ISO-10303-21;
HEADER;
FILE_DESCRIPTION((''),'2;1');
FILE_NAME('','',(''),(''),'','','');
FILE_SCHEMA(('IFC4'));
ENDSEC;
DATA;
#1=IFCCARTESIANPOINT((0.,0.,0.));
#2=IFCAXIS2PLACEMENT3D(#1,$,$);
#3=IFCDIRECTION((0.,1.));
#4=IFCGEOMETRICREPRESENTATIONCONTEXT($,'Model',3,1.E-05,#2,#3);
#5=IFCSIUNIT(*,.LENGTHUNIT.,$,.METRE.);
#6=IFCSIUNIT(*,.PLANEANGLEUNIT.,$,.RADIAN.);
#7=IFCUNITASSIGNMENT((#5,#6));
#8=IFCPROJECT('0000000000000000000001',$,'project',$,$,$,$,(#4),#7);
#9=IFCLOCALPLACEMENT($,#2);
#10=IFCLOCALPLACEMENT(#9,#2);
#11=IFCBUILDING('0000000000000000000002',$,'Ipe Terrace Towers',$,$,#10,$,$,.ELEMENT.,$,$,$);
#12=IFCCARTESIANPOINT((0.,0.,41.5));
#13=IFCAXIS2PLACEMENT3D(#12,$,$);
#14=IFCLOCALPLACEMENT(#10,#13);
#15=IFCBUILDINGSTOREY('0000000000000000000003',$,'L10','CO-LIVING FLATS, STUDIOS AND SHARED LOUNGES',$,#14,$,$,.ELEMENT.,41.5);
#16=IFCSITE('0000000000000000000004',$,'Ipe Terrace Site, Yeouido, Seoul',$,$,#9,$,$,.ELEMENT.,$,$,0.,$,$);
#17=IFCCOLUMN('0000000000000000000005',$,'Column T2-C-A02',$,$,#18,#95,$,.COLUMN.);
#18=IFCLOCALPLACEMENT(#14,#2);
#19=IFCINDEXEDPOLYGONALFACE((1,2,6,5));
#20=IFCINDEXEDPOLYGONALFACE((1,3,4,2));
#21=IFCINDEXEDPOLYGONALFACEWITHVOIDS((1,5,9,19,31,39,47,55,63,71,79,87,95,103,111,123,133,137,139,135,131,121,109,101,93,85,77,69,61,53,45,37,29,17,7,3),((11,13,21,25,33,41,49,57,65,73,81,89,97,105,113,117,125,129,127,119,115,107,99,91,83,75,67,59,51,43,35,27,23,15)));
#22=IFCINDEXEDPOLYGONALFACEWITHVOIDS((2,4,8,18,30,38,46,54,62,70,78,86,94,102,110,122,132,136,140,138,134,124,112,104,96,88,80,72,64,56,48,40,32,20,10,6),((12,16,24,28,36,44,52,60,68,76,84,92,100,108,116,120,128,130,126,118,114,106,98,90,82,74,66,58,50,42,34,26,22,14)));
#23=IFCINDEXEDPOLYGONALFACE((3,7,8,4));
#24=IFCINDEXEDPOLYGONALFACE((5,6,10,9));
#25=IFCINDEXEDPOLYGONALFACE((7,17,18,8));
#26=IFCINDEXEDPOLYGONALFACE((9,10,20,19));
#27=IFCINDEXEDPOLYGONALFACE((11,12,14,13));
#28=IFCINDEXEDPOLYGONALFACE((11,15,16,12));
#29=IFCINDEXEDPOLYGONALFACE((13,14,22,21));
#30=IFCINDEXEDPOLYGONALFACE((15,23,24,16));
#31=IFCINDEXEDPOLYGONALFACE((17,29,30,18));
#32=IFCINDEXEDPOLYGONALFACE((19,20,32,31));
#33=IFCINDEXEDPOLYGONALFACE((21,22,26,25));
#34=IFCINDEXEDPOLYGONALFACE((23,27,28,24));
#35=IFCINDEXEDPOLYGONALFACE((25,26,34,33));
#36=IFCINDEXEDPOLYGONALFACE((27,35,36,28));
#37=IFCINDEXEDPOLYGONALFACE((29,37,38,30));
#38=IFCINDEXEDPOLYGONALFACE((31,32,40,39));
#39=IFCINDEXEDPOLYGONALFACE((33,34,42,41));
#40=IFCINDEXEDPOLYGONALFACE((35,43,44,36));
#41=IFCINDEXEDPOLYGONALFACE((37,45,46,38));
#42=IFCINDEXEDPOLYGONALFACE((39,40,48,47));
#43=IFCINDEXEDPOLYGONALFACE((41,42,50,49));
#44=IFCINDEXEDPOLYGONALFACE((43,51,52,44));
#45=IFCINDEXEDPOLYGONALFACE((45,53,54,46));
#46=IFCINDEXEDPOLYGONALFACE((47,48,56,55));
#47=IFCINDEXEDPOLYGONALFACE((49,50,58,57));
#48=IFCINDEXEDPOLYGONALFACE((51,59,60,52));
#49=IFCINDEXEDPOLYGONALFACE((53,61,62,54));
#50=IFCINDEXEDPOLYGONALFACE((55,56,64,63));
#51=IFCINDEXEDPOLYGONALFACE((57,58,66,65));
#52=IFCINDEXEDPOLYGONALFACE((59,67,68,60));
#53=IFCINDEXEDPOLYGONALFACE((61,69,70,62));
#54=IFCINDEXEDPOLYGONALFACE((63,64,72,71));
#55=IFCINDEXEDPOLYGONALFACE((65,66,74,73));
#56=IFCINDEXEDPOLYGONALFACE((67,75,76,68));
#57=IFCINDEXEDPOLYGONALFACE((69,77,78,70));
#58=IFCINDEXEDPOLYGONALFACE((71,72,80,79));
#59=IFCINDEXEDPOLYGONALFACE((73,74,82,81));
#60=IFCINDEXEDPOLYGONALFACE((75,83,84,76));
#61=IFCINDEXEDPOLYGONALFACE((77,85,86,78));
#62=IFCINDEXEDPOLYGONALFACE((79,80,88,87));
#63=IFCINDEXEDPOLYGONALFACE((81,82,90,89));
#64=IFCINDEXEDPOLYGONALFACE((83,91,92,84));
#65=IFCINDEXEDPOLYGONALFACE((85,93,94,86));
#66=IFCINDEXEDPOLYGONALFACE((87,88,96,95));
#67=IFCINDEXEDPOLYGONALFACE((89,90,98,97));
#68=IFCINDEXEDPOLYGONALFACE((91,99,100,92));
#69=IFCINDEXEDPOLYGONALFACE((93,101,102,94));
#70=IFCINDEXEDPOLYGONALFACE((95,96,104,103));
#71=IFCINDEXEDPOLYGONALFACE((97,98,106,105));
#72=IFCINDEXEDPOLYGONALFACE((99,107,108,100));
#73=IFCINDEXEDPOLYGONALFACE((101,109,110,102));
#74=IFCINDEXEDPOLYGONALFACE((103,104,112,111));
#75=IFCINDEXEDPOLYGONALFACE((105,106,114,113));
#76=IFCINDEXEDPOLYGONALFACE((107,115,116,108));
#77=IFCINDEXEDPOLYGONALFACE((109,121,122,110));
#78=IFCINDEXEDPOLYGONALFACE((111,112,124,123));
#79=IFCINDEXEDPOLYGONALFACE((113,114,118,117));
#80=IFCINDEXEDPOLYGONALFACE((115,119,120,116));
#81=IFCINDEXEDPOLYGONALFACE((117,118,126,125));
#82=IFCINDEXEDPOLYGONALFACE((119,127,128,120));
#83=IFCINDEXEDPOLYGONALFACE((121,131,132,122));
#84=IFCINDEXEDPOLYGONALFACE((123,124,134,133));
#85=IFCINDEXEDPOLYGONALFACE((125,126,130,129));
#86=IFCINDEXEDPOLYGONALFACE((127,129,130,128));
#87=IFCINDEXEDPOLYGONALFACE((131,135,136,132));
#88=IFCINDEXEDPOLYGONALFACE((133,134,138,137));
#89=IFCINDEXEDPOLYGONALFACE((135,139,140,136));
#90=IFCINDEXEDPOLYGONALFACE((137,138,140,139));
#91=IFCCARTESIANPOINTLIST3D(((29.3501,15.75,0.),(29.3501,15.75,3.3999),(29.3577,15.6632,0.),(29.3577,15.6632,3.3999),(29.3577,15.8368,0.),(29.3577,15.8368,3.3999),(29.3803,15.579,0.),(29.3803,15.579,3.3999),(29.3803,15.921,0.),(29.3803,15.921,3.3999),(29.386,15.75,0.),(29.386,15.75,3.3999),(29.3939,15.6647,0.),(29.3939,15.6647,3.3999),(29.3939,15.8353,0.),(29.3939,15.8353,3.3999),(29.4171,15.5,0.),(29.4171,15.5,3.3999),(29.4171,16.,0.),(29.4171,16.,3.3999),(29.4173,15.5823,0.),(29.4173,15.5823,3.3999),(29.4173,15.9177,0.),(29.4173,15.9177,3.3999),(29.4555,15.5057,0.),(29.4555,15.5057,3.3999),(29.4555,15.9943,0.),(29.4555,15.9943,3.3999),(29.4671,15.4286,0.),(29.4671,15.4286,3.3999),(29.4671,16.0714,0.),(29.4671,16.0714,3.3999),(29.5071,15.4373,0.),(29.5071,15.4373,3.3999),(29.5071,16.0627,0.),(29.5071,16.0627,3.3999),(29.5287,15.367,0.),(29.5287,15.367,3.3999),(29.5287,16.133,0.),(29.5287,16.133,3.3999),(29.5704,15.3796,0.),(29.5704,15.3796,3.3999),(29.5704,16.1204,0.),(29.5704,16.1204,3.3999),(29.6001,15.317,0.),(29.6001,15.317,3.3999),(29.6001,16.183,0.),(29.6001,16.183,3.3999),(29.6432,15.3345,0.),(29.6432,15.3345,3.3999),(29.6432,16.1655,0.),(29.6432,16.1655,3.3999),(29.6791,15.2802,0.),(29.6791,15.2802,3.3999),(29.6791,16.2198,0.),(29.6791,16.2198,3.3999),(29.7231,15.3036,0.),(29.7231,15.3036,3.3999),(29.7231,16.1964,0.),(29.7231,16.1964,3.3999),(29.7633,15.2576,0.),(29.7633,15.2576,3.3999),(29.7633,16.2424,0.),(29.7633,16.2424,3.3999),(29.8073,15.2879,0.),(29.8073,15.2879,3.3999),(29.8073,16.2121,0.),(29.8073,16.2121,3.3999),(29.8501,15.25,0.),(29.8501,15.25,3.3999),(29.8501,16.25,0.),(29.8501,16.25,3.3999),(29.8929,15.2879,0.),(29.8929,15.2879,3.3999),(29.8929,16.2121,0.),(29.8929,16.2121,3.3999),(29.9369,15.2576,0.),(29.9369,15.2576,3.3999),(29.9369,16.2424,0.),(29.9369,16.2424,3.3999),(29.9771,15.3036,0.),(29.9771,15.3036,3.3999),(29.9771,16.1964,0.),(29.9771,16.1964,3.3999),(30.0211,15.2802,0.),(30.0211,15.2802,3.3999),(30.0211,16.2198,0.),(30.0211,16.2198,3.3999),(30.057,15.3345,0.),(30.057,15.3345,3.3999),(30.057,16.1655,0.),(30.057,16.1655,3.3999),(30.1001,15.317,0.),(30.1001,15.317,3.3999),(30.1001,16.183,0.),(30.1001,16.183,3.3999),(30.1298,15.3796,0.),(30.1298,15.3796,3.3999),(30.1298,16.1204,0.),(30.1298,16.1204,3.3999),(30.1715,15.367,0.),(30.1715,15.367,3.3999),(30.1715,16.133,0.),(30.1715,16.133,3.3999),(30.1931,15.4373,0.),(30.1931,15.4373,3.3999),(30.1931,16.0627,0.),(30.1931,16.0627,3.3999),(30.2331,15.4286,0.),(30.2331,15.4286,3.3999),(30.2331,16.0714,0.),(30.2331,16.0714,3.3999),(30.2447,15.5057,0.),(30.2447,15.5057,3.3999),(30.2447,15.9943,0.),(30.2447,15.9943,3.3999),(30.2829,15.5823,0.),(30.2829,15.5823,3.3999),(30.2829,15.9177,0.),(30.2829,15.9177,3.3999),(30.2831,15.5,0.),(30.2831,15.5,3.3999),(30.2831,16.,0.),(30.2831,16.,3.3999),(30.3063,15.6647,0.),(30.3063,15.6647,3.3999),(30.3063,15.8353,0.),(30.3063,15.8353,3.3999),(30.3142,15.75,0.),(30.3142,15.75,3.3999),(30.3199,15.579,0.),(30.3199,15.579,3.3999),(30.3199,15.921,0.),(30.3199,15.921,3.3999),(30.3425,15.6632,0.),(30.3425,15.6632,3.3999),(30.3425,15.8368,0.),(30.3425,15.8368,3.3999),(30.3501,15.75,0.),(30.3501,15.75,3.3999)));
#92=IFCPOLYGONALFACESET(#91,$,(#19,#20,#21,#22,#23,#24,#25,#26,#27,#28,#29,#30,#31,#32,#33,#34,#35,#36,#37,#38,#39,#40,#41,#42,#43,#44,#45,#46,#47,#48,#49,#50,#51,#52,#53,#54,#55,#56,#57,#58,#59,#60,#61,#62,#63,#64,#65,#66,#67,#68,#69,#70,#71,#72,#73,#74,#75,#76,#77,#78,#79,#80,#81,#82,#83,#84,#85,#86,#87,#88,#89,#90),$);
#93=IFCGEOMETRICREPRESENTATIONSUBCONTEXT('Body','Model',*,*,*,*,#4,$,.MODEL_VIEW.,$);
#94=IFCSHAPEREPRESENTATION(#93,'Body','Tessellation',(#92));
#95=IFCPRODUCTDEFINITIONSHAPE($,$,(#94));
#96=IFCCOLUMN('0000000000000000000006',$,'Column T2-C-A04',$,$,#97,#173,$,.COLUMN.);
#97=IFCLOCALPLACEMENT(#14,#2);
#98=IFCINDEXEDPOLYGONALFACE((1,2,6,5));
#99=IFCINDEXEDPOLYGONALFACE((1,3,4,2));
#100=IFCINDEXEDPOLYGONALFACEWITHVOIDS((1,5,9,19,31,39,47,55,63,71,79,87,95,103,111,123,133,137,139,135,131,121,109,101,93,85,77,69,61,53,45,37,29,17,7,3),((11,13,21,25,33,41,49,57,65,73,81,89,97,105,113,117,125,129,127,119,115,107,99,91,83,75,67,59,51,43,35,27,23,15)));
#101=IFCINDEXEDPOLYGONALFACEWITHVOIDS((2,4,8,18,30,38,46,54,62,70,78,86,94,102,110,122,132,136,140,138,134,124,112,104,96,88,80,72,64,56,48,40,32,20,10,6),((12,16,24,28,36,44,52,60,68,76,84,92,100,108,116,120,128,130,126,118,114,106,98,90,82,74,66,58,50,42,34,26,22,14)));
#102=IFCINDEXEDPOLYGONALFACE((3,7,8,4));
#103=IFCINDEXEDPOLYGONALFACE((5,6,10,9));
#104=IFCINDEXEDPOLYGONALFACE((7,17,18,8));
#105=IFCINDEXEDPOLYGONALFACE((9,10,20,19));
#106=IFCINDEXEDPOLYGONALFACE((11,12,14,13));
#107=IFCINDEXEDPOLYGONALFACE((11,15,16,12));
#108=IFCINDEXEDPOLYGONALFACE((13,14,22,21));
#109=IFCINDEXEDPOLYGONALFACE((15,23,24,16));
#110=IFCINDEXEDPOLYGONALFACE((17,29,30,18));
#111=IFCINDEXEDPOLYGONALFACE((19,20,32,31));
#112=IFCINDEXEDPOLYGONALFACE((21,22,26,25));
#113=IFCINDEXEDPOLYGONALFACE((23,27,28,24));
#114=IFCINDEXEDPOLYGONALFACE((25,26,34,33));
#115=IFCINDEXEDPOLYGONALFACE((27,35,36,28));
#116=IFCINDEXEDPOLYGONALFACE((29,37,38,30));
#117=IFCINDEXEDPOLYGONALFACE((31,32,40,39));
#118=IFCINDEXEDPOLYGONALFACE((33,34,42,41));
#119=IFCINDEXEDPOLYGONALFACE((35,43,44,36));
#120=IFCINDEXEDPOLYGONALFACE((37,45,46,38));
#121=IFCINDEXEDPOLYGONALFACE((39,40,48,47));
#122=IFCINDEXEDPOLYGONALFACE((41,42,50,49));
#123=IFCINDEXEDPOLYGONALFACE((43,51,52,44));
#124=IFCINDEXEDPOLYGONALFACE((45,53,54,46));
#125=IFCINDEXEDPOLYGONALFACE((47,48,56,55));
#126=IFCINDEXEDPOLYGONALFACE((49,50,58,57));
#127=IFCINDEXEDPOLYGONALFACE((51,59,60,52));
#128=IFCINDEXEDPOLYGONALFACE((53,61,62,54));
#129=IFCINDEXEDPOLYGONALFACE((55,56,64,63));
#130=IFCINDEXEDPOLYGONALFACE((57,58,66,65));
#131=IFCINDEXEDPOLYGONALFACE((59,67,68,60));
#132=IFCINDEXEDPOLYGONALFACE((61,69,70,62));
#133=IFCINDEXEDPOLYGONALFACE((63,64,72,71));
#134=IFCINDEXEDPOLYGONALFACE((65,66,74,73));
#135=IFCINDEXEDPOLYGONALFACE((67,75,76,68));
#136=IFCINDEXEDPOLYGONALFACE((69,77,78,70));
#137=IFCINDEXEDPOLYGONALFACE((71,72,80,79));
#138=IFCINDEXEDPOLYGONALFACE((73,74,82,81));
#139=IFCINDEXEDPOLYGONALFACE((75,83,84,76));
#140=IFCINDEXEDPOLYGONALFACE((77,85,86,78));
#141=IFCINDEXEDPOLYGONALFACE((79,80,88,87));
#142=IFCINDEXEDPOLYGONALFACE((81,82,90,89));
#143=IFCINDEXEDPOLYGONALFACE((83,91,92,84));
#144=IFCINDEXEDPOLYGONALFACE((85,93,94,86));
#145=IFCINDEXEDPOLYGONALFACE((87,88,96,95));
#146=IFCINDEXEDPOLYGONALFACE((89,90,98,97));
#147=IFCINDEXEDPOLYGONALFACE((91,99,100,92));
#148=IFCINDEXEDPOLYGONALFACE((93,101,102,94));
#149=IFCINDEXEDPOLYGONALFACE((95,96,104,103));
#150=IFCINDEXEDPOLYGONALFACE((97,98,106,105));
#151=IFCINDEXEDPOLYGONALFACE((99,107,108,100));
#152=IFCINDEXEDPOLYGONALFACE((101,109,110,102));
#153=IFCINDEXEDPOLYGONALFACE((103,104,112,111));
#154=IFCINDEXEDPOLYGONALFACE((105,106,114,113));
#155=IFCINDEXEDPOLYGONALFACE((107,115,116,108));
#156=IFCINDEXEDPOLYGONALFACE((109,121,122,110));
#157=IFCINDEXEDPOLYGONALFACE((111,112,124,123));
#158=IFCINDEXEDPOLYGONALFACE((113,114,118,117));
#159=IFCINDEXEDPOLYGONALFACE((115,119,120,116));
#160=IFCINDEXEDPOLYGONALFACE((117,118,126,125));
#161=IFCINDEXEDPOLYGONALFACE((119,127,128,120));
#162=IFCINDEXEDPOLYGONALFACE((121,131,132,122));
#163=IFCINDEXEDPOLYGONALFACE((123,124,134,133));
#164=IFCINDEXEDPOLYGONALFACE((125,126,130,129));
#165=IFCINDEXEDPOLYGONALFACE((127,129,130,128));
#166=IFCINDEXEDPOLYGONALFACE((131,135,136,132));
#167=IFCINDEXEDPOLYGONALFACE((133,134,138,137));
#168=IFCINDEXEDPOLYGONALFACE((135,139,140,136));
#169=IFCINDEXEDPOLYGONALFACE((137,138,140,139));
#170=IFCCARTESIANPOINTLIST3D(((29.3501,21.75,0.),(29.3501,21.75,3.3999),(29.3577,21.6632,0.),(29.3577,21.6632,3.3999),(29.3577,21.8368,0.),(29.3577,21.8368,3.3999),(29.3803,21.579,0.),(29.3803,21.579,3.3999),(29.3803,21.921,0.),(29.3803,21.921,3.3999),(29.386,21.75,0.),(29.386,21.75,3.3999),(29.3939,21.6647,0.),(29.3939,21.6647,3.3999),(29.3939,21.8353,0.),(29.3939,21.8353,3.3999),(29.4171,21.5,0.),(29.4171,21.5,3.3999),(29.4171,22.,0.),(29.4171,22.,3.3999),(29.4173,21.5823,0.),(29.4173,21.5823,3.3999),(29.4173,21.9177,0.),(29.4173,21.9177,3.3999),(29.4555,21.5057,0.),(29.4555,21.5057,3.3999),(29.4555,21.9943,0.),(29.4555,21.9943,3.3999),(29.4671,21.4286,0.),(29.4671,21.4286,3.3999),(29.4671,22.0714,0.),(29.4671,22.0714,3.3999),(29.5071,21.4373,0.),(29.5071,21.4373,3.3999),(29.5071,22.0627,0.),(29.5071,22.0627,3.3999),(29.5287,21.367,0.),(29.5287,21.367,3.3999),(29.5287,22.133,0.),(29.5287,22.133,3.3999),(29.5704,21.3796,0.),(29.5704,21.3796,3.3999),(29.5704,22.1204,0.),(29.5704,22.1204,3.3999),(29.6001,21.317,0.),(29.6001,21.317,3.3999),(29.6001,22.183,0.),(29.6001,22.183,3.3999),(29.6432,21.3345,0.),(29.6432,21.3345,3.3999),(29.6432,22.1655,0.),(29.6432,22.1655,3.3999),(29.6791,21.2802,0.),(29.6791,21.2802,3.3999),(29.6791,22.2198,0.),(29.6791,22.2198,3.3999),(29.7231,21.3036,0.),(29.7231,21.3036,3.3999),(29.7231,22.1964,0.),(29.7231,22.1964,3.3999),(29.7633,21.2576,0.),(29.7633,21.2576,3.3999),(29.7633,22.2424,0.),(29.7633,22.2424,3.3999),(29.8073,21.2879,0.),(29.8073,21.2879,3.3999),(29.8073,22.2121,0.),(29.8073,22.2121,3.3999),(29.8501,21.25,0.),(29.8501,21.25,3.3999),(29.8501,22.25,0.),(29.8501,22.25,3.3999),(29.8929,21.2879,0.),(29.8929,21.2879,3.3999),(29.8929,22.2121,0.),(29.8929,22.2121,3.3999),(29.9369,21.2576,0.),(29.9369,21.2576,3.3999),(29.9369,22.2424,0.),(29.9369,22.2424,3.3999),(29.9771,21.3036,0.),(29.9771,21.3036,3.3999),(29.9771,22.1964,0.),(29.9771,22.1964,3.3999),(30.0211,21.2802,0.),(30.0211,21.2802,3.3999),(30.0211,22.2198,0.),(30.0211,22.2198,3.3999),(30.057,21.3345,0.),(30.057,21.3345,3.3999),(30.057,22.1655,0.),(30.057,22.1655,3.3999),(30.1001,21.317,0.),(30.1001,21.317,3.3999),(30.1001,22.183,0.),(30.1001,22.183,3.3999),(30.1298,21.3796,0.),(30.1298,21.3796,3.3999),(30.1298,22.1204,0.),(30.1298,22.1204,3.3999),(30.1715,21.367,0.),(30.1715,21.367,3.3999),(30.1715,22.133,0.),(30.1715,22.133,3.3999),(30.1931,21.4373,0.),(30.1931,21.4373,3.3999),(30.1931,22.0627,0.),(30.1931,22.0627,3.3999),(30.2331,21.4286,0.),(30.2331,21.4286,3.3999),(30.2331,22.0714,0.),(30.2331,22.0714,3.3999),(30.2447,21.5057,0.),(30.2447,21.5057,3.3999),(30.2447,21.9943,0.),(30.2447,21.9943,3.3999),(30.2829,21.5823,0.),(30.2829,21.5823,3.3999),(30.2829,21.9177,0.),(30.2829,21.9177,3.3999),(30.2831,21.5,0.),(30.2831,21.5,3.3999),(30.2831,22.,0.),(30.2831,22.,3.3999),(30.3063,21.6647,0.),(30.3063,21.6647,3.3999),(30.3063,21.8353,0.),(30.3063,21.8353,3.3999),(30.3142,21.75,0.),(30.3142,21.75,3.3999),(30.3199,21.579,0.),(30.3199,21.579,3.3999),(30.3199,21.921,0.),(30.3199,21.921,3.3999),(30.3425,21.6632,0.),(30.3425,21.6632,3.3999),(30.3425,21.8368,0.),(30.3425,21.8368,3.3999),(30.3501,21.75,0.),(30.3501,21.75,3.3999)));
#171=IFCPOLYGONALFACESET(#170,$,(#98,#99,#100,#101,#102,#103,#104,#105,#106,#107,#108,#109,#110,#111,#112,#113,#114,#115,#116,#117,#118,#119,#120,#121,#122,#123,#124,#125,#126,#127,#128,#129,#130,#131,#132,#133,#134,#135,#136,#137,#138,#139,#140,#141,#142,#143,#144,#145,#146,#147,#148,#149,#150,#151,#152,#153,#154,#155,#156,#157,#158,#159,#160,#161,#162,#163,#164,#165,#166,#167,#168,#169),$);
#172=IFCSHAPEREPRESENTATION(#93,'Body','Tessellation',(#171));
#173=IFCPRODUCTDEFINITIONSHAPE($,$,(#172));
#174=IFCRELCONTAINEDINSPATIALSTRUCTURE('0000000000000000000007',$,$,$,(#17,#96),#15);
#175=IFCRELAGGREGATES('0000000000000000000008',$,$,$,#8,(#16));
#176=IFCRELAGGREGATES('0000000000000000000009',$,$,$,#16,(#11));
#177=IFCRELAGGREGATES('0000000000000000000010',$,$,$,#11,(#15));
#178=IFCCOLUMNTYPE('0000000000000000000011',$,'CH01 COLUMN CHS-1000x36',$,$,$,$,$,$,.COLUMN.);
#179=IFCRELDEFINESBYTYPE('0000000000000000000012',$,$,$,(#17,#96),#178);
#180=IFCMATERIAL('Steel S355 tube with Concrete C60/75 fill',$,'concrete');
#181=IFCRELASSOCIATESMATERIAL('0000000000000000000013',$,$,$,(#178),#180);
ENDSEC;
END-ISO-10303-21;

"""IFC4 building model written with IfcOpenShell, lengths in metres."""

from ifc_helpers import new_model, si_unit, direction, frame, origin, origin_2d, place, context, subcontext, project, spatial, hollow_circle, extrude, material, material_profile, profile_set, type_object, element, save


model = new_model("IFC4")

# Units and contexts
model_context = context("Model", 3, precision=1e-05, world=origin(), true_north=direction((0.0, 1.0)))
body_context = subcontext(model_context, "Body", "Model", "MODEL_VIEW")
ifc_project = project(units=[si_unit("LENGTHUNIT", "METRE"), si_unit("PLANEANGLEUNIT", "RADIAN")], contexts=[model_context])

# Site, building, storey
site_placement = place(None, origin())
site = spatial("IfcSite", under=ifc_project, at=site_placement, Name="Ipe Terrace Site, Yeouido, Seoul", CompositionType="ELEMENT", RefElevation=0.0)
building_placement = place(site_placement, origin())
building = spatial("IfcBuilding", under=site, at=building_placement, Name="Ipe Terrace Towers", CompositionType="ELEMENT")
storey_placement = place(building_placement, frame((0.0, 0.0, 41.5)))
storey = spatial("IfcBuildingStorey", under=building, at=storey_placement, Name="L10", Description="CO-LIVING FLATS, STUDIOS AND SHARED LOUNGES", CompositionType="ELEMENT", Elevation=41.5)

# Columns
ifc_material_1 = material(Name="Steel S355 tube with Concrete C60/75 fill", Category="concrete")
ifc_material_profile_1 = material_profile(ifc_material_1, hollow_circle(Radius=0.5, WallThickness=0.0359, at=origin_2d()), Name="CHS-1000x36")
ifc_profile_set_1 = profile_set([ifc_material_profile_1], Name="Steel S355 tube with Concrete C60/75 fill")
column_type_1 = type_object("IfcColumnType", Name="CH01 COLUMN CHS-1000x36", PredefinedType="COLUMN", material=ifc_profile_set_1)
for number, where, z_axis, x_axis, name in (
    (1, (29.8501, 15.75, 0.0), (0.0, 0.0, 1.0), (1.0, 0.0, 0.0), "Column T2-C-A02"),
    (2, (29.8501, 21.75, 0.0), (0.0, 0.0, 1.0), (1.0, 0.0, 0.0), "Column T2-C-A04"),
):
    element("IfcColumn", number, at=place(storey_placement, frame(where, z_axis=z_axis, x_axis=x_axis)), inside=storey, type_object=column_type_1, Name=name, PredefinedType="COLUMN", context=body_context, shape_type="SweptSolid", body=[
        extrude(hollow_circle(Radius=0.5, WallThickness=0.0359, at=origin_2d()), origin(), (0.0, 0.0, 1.0), 3.3999),
    ])

save(model, "model.ifc")
